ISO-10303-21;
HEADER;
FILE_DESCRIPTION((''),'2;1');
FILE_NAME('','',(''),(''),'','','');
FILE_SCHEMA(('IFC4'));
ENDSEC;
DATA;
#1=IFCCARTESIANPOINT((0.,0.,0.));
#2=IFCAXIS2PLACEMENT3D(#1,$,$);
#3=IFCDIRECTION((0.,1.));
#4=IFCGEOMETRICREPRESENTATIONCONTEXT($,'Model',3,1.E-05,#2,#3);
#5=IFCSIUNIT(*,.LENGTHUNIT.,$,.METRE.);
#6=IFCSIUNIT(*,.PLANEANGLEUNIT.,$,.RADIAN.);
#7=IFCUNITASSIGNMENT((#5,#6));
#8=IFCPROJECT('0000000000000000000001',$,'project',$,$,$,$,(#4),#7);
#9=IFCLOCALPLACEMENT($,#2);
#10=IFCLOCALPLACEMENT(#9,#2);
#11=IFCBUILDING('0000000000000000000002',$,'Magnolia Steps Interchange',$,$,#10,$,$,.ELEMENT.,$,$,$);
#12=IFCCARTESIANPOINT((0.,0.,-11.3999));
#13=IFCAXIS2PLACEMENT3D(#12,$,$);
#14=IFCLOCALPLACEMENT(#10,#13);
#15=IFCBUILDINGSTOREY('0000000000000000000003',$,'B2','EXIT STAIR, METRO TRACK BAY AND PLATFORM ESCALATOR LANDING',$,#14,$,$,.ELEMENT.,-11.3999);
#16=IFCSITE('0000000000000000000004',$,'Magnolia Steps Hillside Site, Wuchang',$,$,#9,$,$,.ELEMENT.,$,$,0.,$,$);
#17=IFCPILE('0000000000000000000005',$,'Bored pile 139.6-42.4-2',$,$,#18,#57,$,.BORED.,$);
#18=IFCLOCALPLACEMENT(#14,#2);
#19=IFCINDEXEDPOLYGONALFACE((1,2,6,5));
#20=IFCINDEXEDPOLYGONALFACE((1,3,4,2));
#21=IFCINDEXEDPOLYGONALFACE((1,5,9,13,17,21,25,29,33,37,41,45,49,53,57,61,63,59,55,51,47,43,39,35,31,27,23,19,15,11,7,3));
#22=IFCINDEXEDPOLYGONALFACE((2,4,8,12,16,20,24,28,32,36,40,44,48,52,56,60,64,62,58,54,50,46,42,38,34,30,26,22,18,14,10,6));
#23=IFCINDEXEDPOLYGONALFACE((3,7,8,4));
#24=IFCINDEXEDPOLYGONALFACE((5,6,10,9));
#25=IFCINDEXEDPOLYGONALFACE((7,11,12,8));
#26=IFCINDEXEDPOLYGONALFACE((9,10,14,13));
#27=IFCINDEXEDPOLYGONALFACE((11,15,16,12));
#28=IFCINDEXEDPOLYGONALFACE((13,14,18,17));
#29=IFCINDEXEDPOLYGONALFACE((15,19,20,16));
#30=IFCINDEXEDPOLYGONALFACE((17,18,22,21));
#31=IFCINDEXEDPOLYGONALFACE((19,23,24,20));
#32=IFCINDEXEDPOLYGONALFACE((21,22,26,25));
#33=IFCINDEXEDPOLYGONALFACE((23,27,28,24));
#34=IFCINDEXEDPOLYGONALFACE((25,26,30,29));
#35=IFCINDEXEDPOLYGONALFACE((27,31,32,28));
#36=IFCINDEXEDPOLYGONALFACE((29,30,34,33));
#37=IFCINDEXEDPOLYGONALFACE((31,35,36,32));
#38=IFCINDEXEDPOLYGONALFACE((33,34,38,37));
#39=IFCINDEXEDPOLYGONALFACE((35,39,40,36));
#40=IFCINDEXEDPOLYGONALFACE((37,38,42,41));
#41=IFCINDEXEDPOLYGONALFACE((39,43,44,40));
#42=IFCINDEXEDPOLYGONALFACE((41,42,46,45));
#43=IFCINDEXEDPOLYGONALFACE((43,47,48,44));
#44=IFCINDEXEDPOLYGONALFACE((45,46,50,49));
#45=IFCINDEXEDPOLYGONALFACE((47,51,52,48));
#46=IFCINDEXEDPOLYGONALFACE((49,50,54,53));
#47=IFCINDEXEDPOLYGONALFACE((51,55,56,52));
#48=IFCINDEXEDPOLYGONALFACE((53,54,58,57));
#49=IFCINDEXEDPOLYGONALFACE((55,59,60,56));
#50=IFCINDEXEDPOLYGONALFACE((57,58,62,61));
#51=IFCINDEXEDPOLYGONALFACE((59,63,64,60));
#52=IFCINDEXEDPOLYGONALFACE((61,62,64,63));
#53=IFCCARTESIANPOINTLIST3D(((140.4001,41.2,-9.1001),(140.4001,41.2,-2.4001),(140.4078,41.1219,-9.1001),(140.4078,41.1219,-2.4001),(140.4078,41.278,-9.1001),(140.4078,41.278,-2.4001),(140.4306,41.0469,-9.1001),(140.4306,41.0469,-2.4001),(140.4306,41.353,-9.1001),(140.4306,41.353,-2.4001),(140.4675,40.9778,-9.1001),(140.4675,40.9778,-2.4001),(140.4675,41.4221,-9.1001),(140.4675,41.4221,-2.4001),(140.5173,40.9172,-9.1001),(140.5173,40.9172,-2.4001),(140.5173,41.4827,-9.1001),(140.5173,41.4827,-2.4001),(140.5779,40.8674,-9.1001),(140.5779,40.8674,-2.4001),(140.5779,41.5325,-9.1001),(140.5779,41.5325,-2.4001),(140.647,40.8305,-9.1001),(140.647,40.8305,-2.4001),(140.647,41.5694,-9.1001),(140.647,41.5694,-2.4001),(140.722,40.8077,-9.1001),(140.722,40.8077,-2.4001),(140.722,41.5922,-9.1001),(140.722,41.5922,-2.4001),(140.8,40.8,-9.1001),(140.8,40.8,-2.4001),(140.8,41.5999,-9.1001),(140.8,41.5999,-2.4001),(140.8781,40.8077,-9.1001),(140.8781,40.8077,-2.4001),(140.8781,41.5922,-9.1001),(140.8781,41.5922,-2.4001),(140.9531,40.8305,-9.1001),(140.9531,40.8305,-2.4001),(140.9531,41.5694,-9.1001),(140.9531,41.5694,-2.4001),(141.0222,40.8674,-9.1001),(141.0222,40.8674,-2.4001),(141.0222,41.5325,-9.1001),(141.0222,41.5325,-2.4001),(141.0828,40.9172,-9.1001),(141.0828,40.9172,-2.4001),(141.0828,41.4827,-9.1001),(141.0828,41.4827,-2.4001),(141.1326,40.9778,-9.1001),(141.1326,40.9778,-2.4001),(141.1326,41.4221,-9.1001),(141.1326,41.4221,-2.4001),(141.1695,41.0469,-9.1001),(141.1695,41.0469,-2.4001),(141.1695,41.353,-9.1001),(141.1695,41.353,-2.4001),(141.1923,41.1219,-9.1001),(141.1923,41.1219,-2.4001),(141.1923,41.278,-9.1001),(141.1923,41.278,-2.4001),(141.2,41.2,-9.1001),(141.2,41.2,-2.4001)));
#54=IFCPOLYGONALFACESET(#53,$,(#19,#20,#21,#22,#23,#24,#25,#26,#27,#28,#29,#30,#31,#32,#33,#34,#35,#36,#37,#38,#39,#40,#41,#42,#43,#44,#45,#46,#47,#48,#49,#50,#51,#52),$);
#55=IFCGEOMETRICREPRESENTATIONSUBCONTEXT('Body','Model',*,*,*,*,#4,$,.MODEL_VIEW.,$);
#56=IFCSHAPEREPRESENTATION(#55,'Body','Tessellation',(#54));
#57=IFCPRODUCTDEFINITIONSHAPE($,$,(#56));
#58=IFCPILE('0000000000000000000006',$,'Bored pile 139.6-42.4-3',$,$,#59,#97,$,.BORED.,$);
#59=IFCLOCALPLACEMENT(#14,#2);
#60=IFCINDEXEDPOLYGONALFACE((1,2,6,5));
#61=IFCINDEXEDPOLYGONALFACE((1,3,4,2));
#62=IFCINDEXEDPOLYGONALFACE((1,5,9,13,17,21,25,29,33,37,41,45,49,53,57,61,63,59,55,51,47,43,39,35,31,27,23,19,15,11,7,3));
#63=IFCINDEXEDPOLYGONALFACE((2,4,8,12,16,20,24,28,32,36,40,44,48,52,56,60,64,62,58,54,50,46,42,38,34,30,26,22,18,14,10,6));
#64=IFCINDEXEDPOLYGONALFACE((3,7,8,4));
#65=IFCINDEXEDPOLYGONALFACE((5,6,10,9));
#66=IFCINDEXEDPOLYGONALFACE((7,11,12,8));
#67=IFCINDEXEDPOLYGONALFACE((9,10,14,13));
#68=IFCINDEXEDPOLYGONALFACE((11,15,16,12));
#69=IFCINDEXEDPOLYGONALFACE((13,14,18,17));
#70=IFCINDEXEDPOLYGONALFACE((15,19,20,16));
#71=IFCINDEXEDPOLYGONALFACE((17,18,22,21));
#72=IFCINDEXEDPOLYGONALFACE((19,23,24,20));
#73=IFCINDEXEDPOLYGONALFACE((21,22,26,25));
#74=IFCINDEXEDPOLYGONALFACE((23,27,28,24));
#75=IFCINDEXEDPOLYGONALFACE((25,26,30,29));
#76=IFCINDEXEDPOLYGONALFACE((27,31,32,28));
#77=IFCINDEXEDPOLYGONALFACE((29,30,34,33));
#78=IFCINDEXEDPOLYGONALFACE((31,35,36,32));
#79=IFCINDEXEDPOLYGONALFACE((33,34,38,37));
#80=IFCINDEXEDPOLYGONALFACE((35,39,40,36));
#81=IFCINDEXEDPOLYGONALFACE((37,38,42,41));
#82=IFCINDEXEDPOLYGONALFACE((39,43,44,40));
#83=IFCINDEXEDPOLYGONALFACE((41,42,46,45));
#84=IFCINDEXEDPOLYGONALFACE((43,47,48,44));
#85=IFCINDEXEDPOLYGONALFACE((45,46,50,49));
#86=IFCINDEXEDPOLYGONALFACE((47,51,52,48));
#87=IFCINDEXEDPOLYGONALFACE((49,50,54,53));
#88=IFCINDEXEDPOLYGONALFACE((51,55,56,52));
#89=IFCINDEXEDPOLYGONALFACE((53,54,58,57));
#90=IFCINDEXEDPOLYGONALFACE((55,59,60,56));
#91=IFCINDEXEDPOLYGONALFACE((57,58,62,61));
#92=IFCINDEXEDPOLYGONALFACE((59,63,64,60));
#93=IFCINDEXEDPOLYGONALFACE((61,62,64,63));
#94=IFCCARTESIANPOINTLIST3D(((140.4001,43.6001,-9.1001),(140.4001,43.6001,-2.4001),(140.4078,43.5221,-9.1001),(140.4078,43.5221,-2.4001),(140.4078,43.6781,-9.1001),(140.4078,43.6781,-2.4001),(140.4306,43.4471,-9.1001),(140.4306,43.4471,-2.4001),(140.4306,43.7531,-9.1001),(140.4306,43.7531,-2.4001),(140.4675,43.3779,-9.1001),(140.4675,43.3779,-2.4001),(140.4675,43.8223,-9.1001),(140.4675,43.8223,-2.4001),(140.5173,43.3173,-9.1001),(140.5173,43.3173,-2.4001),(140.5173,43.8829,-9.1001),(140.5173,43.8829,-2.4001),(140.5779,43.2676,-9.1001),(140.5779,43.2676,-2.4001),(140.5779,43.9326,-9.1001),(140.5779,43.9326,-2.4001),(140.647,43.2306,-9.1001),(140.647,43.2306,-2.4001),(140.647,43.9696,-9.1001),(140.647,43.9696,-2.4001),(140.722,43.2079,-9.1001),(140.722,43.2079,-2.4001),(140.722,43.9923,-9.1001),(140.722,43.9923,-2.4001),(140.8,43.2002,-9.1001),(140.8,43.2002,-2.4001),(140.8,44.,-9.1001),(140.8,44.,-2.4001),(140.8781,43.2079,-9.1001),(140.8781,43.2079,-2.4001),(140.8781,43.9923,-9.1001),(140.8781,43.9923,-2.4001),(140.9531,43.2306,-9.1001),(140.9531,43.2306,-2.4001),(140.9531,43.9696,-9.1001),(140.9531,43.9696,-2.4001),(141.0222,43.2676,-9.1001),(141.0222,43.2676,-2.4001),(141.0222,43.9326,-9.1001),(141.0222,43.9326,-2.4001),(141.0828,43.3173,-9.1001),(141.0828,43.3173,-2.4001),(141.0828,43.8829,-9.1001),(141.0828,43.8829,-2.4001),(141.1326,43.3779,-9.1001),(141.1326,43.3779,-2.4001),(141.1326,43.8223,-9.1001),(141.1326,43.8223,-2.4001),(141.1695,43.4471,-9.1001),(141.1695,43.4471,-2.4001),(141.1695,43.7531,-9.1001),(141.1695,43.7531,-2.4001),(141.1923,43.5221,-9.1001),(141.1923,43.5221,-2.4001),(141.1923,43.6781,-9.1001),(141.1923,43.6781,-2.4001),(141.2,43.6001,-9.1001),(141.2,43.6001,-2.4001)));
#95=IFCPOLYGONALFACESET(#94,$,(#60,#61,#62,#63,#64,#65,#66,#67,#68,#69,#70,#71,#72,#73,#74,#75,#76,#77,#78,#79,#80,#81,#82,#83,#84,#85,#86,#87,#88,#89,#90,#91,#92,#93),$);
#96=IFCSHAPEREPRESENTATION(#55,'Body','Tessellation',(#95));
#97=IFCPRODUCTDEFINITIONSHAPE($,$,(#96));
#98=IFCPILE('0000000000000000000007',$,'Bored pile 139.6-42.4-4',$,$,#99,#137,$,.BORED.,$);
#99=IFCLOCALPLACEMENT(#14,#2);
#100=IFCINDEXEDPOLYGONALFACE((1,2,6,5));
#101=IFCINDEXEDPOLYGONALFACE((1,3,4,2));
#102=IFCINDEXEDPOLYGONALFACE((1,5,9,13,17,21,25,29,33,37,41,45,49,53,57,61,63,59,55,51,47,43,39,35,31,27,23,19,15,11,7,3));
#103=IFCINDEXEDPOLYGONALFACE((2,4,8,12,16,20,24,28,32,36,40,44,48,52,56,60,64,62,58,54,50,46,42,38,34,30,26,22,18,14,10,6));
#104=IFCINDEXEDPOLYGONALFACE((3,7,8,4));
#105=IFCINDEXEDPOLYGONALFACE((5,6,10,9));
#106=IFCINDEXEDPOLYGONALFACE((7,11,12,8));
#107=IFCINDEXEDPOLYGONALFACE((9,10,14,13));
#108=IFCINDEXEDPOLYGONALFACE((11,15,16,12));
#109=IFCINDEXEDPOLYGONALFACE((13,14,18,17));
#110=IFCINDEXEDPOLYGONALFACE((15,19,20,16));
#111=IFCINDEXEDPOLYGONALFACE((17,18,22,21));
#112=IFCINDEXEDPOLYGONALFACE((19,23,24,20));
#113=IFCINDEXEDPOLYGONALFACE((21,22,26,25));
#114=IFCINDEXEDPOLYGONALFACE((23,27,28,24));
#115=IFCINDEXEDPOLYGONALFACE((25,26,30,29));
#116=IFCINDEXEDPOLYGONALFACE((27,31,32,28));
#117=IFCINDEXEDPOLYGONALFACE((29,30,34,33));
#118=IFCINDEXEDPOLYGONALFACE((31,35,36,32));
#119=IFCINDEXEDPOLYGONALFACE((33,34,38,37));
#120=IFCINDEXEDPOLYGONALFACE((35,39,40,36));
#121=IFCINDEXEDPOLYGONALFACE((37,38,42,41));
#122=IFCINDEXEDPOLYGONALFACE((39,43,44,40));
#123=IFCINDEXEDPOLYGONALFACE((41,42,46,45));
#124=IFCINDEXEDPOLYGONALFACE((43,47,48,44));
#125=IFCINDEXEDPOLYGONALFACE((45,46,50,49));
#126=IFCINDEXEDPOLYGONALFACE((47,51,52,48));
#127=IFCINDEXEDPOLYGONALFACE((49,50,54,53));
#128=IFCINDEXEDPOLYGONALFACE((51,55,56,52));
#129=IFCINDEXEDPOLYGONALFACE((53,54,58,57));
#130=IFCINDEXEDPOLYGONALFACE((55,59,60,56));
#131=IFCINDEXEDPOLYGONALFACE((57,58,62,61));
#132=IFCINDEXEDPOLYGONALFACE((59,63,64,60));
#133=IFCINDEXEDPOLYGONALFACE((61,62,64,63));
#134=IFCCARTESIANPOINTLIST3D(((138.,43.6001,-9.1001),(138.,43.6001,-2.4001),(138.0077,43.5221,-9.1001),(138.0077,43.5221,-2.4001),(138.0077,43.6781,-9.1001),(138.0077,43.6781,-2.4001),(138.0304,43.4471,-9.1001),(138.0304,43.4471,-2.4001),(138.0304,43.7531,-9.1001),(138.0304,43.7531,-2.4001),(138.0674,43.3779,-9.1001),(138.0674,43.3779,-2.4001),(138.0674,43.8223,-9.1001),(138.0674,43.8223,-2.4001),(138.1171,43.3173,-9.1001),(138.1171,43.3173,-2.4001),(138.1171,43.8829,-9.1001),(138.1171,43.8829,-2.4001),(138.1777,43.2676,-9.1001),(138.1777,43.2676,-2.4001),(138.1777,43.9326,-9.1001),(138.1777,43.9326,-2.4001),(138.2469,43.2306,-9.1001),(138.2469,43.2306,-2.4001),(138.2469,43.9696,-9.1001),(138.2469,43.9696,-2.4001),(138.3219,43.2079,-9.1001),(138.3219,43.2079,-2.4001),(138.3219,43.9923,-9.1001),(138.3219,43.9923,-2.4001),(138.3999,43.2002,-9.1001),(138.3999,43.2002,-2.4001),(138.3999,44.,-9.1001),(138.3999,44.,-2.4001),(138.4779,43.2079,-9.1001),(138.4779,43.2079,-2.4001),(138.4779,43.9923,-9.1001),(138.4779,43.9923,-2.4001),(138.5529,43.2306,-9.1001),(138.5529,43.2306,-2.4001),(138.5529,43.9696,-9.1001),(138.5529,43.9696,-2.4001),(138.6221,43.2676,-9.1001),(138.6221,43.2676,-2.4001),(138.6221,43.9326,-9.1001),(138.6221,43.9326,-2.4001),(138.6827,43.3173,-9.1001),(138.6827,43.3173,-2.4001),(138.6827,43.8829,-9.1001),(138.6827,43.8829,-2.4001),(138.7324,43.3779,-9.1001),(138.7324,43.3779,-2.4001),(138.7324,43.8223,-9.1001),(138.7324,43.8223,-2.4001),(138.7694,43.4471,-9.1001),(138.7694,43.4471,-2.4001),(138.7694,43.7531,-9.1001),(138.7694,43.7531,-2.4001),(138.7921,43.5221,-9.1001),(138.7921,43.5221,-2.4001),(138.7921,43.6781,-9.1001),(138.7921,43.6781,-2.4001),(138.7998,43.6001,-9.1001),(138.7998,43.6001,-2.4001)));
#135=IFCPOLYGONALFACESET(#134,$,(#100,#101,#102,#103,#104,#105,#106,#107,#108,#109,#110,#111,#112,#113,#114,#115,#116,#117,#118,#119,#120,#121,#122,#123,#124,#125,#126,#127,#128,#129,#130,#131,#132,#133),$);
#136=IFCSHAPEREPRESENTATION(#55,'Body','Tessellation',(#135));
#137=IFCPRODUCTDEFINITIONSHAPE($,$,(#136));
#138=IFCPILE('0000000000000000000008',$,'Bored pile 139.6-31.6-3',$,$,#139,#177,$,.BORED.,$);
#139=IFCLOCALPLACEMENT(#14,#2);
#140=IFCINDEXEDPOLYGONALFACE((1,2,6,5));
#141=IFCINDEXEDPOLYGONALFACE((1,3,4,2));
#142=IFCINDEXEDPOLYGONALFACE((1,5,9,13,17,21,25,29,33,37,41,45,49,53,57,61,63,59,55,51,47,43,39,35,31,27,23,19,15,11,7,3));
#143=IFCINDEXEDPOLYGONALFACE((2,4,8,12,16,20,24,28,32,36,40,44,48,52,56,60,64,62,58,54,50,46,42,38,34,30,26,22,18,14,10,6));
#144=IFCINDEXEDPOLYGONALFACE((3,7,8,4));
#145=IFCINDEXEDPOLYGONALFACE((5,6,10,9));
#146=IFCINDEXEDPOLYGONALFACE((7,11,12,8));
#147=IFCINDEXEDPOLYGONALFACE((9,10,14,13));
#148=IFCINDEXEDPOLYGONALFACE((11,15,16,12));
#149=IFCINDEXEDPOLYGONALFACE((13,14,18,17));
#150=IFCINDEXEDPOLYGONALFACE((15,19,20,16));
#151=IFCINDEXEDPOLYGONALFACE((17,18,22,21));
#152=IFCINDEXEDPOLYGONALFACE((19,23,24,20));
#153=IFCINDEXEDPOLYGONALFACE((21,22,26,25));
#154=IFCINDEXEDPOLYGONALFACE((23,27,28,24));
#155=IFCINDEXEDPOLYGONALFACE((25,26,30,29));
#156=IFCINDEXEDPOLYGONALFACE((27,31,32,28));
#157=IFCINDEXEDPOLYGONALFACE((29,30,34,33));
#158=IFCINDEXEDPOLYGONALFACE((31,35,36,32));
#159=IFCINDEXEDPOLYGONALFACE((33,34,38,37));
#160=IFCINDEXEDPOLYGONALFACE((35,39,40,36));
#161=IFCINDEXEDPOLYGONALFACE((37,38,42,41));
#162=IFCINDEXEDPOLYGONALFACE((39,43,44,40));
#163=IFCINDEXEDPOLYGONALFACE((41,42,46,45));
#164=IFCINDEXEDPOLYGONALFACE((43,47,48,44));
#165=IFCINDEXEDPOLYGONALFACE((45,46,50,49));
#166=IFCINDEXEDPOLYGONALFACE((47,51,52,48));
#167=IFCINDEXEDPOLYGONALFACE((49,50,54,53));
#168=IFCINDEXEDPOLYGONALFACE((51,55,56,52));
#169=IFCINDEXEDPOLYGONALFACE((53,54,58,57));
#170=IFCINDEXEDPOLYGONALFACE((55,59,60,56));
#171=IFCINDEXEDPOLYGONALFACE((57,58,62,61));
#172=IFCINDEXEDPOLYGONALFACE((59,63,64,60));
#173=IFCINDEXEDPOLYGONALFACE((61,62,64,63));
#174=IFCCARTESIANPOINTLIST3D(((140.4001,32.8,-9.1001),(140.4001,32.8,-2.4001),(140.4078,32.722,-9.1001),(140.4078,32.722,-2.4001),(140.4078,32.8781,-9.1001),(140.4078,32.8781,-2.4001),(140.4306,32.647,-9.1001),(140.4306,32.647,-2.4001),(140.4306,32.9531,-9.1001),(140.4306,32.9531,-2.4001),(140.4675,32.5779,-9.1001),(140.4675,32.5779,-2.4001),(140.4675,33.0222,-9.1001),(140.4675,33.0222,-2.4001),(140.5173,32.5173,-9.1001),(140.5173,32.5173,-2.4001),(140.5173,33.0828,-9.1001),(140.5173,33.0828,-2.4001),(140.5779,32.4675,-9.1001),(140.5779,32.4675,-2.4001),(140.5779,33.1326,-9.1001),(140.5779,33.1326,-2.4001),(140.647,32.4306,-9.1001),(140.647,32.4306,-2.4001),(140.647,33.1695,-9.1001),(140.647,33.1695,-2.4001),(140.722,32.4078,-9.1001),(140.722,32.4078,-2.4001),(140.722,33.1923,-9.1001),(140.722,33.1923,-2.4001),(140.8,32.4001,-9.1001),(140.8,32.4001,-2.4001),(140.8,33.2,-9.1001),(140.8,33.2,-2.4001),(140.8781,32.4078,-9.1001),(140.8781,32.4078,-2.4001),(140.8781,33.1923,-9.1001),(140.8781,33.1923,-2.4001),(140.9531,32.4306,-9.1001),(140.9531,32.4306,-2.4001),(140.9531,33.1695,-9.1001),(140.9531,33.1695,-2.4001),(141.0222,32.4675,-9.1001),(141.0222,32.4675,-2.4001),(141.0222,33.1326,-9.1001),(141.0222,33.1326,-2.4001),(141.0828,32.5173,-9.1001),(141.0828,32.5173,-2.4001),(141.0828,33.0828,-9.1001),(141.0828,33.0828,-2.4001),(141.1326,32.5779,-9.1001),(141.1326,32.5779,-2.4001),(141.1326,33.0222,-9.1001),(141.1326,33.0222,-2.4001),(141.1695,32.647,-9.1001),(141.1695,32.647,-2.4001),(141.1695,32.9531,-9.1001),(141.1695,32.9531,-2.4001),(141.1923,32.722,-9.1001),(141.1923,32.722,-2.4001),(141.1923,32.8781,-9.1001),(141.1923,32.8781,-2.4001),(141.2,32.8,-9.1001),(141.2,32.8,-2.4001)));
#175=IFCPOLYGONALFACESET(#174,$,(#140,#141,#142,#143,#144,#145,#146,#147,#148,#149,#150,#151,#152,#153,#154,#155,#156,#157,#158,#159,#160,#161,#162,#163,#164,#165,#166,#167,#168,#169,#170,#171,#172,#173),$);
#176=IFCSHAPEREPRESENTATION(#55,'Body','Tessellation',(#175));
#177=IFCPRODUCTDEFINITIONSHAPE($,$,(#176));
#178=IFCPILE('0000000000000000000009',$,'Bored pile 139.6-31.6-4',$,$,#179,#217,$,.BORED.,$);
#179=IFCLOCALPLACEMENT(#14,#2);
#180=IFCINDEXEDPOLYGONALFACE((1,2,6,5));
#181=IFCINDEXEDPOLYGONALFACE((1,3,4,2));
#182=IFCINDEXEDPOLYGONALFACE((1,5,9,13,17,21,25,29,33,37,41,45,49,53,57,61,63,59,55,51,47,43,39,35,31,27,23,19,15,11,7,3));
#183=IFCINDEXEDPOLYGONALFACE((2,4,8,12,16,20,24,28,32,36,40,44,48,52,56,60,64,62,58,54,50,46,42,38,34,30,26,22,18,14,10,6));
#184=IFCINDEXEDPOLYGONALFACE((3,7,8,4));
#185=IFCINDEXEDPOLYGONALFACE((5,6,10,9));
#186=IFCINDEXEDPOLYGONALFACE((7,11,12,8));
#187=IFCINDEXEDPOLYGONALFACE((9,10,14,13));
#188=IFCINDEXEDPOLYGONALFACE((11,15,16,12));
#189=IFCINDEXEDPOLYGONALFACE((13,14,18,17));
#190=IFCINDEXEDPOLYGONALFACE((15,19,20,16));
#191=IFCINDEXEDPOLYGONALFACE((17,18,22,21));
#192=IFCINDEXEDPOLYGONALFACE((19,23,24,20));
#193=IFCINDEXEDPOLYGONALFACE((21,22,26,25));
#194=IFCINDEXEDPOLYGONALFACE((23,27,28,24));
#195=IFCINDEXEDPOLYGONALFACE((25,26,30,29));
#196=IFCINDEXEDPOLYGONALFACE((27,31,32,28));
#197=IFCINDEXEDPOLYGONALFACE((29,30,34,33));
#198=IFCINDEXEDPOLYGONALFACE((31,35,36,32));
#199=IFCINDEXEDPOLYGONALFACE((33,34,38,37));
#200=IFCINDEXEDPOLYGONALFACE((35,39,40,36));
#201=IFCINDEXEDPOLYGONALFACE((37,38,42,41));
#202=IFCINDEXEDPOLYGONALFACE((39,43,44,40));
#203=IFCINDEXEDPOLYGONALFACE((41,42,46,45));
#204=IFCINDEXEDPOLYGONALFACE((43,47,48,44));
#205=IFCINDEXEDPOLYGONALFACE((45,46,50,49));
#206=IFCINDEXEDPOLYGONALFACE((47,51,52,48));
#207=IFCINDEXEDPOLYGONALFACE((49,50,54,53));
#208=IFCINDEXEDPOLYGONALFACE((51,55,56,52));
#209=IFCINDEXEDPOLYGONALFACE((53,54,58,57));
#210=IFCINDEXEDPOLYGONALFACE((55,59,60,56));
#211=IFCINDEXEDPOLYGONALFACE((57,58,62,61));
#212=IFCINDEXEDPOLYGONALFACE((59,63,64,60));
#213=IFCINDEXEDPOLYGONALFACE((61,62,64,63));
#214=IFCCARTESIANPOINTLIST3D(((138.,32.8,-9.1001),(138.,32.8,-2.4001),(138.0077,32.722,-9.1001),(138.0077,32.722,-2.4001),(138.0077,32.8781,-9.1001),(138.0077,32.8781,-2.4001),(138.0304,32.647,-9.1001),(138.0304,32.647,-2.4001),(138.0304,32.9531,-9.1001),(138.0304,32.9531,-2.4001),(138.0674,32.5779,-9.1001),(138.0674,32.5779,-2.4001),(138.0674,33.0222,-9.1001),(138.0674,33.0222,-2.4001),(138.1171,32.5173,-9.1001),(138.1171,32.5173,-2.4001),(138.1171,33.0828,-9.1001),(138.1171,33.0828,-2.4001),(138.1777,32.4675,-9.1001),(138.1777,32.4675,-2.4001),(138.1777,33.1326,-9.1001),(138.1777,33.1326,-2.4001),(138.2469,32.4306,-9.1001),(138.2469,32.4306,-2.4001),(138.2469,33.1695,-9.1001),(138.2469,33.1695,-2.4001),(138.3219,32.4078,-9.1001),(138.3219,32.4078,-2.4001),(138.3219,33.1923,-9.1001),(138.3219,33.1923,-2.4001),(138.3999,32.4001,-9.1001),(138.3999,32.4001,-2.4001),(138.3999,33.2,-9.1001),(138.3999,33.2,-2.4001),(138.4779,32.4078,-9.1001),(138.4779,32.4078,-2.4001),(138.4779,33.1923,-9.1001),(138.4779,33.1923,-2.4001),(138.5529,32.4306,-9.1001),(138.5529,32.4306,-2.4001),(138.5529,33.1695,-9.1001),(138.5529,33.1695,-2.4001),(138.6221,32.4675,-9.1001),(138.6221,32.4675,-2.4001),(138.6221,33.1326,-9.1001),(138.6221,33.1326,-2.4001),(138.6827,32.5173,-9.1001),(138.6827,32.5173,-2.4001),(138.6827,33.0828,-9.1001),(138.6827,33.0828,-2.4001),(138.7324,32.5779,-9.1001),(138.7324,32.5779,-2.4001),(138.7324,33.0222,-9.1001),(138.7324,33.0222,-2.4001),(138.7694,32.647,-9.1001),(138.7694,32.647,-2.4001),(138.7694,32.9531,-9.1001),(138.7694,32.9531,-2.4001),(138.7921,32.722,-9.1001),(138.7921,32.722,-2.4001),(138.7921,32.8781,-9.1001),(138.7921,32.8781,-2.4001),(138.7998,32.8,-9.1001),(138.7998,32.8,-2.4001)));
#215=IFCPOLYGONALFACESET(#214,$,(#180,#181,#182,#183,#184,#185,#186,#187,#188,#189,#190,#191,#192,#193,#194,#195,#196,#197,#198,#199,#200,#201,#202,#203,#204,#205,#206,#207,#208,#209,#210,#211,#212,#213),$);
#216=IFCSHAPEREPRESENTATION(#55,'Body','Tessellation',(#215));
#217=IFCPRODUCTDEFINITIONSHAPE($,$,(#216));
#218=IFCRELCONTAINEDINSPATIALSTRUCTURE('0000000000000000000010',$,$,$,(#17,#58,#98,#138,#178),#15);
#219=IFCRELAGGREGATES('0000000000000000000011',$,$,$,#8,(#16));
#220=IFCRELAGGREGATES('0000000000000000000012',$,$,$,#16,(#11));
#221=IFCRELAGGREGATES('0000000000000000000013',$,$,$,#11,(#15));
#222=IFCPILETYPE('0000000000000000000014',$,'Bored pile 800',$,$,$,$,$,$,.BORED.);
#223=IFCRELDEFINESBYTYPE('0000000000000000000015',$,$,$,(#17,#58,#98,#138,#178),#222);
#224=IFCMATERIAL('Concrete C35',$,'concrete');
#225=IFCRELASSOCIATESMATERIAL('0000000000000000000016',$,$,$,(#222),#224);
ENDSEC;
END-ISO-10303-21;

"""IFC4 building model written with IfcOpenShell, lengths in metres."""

from ifc_helpers import new_model, si_unit, direction, frame, origin, origin_2d, place, context, subcontext, project, spatial, circle, extrude, material, material_profile, profile_set, type_object, element, save


model = new_model("IFC4")

# Units and contexts
model_context = context("Model", 3, precision=1e-05, world=origin(), true_north=direction((0.0, 1.0)))
body_context = subcontext(model_context, "Body", "Model", "MODEL_VIEW")
ifc_project = project(units=[si_unit("LENGTHUNIT", "METRE"), si_unit("PLANEANGLEUNIT", "RADIAN")], contexts=[model_context])

# Site, building, storey
site_placement = place(None, origin())
site = spatial("IfcSite", under=ifc_project, at=site_placement, Name="Magnolia Steps Hillside Site, Wuchang", CompositionType="ELEMENT", RefElevation=0.0)
building_placement = place(site_placement, origin())
building = spatial("IfcBuilding", under=site, at=building_placement, Name="Magnolia Steps Interchange", CompositionType="ELEMENT")
storey_placement = place(building_placement, frame((0.0, 0.0, -11.3999)))
storey = spatial("IfcBuildingStorey", under=building, at=storey_placement, Name="B2", Description="EXIT STAIR, METRO TRACK BAY AND PLATFORM ESCALATOR LANDING", CompositionType="ELEMENT", Elevation=-11.3999)

# Piles
ifc_material_1 = material(Name="Concrete C35", Category="concrete")
ifc_material_profile_1 = material_profile(ifc_material_1, circle(Radius=0.3999, at=origin_2d()), Name="Bored pile 800")
ifc_profile_set_1 = profile_set([ifc_material_profile_1], Name="Concrete C35")
pile_type_1 = type_object("IfcPileType", Name="Bored pile 800", PredefinedType="BORED", material=ifc_profile_set_1)
for number, where, z_axis, x_axis, name in (
    (1, (140.8, 41.2, -2.4001), (0.0, 0.0, -1.0), (1.0, 0.0, 0.0), "Bored pile 139.6-42.4-2"),
    (2, (140.8, 43.6001, -2.4001), (0.0, 0.0, -1.0), (1.0, 0.0, 0.0), "Bored pile 139.6-42.4-3"),
    (3, (138.3999, 43.6001, -2.4001), (0.0, 0.0, -1.0), (1.0, 0.0, 0.0), "Bored pile 139.6-42.4-4"),
    (4, (140.8, 32.8, -2.4001), (0.0, 0.0, -1.0), (1.0, 0.0, 0.0), "Bored pile 139.6-31.6-3"),
    (5, (138.3999, 32.8, -2.4001), (0.0, 0.0, -1.0), (1.0, 0.0, 0.0), "Bored pile 139.6-31.6-4"),
):
    element("IfcPile", number, at=place(storey_placement, frame(where, z_axis=z_axis, x_axis=x_axis)), inside=storey, type_object=pile_type_1, Name=name, PredefinedType="BORED", context=body_context, shape_type="SweptSolid", body=[
        extrude(circle(Radius=0.3999, at=origin_2d()), origin(), (0.0, 0.0, 1.0), 6.7),
    ])

save(model, "model.ifc")
